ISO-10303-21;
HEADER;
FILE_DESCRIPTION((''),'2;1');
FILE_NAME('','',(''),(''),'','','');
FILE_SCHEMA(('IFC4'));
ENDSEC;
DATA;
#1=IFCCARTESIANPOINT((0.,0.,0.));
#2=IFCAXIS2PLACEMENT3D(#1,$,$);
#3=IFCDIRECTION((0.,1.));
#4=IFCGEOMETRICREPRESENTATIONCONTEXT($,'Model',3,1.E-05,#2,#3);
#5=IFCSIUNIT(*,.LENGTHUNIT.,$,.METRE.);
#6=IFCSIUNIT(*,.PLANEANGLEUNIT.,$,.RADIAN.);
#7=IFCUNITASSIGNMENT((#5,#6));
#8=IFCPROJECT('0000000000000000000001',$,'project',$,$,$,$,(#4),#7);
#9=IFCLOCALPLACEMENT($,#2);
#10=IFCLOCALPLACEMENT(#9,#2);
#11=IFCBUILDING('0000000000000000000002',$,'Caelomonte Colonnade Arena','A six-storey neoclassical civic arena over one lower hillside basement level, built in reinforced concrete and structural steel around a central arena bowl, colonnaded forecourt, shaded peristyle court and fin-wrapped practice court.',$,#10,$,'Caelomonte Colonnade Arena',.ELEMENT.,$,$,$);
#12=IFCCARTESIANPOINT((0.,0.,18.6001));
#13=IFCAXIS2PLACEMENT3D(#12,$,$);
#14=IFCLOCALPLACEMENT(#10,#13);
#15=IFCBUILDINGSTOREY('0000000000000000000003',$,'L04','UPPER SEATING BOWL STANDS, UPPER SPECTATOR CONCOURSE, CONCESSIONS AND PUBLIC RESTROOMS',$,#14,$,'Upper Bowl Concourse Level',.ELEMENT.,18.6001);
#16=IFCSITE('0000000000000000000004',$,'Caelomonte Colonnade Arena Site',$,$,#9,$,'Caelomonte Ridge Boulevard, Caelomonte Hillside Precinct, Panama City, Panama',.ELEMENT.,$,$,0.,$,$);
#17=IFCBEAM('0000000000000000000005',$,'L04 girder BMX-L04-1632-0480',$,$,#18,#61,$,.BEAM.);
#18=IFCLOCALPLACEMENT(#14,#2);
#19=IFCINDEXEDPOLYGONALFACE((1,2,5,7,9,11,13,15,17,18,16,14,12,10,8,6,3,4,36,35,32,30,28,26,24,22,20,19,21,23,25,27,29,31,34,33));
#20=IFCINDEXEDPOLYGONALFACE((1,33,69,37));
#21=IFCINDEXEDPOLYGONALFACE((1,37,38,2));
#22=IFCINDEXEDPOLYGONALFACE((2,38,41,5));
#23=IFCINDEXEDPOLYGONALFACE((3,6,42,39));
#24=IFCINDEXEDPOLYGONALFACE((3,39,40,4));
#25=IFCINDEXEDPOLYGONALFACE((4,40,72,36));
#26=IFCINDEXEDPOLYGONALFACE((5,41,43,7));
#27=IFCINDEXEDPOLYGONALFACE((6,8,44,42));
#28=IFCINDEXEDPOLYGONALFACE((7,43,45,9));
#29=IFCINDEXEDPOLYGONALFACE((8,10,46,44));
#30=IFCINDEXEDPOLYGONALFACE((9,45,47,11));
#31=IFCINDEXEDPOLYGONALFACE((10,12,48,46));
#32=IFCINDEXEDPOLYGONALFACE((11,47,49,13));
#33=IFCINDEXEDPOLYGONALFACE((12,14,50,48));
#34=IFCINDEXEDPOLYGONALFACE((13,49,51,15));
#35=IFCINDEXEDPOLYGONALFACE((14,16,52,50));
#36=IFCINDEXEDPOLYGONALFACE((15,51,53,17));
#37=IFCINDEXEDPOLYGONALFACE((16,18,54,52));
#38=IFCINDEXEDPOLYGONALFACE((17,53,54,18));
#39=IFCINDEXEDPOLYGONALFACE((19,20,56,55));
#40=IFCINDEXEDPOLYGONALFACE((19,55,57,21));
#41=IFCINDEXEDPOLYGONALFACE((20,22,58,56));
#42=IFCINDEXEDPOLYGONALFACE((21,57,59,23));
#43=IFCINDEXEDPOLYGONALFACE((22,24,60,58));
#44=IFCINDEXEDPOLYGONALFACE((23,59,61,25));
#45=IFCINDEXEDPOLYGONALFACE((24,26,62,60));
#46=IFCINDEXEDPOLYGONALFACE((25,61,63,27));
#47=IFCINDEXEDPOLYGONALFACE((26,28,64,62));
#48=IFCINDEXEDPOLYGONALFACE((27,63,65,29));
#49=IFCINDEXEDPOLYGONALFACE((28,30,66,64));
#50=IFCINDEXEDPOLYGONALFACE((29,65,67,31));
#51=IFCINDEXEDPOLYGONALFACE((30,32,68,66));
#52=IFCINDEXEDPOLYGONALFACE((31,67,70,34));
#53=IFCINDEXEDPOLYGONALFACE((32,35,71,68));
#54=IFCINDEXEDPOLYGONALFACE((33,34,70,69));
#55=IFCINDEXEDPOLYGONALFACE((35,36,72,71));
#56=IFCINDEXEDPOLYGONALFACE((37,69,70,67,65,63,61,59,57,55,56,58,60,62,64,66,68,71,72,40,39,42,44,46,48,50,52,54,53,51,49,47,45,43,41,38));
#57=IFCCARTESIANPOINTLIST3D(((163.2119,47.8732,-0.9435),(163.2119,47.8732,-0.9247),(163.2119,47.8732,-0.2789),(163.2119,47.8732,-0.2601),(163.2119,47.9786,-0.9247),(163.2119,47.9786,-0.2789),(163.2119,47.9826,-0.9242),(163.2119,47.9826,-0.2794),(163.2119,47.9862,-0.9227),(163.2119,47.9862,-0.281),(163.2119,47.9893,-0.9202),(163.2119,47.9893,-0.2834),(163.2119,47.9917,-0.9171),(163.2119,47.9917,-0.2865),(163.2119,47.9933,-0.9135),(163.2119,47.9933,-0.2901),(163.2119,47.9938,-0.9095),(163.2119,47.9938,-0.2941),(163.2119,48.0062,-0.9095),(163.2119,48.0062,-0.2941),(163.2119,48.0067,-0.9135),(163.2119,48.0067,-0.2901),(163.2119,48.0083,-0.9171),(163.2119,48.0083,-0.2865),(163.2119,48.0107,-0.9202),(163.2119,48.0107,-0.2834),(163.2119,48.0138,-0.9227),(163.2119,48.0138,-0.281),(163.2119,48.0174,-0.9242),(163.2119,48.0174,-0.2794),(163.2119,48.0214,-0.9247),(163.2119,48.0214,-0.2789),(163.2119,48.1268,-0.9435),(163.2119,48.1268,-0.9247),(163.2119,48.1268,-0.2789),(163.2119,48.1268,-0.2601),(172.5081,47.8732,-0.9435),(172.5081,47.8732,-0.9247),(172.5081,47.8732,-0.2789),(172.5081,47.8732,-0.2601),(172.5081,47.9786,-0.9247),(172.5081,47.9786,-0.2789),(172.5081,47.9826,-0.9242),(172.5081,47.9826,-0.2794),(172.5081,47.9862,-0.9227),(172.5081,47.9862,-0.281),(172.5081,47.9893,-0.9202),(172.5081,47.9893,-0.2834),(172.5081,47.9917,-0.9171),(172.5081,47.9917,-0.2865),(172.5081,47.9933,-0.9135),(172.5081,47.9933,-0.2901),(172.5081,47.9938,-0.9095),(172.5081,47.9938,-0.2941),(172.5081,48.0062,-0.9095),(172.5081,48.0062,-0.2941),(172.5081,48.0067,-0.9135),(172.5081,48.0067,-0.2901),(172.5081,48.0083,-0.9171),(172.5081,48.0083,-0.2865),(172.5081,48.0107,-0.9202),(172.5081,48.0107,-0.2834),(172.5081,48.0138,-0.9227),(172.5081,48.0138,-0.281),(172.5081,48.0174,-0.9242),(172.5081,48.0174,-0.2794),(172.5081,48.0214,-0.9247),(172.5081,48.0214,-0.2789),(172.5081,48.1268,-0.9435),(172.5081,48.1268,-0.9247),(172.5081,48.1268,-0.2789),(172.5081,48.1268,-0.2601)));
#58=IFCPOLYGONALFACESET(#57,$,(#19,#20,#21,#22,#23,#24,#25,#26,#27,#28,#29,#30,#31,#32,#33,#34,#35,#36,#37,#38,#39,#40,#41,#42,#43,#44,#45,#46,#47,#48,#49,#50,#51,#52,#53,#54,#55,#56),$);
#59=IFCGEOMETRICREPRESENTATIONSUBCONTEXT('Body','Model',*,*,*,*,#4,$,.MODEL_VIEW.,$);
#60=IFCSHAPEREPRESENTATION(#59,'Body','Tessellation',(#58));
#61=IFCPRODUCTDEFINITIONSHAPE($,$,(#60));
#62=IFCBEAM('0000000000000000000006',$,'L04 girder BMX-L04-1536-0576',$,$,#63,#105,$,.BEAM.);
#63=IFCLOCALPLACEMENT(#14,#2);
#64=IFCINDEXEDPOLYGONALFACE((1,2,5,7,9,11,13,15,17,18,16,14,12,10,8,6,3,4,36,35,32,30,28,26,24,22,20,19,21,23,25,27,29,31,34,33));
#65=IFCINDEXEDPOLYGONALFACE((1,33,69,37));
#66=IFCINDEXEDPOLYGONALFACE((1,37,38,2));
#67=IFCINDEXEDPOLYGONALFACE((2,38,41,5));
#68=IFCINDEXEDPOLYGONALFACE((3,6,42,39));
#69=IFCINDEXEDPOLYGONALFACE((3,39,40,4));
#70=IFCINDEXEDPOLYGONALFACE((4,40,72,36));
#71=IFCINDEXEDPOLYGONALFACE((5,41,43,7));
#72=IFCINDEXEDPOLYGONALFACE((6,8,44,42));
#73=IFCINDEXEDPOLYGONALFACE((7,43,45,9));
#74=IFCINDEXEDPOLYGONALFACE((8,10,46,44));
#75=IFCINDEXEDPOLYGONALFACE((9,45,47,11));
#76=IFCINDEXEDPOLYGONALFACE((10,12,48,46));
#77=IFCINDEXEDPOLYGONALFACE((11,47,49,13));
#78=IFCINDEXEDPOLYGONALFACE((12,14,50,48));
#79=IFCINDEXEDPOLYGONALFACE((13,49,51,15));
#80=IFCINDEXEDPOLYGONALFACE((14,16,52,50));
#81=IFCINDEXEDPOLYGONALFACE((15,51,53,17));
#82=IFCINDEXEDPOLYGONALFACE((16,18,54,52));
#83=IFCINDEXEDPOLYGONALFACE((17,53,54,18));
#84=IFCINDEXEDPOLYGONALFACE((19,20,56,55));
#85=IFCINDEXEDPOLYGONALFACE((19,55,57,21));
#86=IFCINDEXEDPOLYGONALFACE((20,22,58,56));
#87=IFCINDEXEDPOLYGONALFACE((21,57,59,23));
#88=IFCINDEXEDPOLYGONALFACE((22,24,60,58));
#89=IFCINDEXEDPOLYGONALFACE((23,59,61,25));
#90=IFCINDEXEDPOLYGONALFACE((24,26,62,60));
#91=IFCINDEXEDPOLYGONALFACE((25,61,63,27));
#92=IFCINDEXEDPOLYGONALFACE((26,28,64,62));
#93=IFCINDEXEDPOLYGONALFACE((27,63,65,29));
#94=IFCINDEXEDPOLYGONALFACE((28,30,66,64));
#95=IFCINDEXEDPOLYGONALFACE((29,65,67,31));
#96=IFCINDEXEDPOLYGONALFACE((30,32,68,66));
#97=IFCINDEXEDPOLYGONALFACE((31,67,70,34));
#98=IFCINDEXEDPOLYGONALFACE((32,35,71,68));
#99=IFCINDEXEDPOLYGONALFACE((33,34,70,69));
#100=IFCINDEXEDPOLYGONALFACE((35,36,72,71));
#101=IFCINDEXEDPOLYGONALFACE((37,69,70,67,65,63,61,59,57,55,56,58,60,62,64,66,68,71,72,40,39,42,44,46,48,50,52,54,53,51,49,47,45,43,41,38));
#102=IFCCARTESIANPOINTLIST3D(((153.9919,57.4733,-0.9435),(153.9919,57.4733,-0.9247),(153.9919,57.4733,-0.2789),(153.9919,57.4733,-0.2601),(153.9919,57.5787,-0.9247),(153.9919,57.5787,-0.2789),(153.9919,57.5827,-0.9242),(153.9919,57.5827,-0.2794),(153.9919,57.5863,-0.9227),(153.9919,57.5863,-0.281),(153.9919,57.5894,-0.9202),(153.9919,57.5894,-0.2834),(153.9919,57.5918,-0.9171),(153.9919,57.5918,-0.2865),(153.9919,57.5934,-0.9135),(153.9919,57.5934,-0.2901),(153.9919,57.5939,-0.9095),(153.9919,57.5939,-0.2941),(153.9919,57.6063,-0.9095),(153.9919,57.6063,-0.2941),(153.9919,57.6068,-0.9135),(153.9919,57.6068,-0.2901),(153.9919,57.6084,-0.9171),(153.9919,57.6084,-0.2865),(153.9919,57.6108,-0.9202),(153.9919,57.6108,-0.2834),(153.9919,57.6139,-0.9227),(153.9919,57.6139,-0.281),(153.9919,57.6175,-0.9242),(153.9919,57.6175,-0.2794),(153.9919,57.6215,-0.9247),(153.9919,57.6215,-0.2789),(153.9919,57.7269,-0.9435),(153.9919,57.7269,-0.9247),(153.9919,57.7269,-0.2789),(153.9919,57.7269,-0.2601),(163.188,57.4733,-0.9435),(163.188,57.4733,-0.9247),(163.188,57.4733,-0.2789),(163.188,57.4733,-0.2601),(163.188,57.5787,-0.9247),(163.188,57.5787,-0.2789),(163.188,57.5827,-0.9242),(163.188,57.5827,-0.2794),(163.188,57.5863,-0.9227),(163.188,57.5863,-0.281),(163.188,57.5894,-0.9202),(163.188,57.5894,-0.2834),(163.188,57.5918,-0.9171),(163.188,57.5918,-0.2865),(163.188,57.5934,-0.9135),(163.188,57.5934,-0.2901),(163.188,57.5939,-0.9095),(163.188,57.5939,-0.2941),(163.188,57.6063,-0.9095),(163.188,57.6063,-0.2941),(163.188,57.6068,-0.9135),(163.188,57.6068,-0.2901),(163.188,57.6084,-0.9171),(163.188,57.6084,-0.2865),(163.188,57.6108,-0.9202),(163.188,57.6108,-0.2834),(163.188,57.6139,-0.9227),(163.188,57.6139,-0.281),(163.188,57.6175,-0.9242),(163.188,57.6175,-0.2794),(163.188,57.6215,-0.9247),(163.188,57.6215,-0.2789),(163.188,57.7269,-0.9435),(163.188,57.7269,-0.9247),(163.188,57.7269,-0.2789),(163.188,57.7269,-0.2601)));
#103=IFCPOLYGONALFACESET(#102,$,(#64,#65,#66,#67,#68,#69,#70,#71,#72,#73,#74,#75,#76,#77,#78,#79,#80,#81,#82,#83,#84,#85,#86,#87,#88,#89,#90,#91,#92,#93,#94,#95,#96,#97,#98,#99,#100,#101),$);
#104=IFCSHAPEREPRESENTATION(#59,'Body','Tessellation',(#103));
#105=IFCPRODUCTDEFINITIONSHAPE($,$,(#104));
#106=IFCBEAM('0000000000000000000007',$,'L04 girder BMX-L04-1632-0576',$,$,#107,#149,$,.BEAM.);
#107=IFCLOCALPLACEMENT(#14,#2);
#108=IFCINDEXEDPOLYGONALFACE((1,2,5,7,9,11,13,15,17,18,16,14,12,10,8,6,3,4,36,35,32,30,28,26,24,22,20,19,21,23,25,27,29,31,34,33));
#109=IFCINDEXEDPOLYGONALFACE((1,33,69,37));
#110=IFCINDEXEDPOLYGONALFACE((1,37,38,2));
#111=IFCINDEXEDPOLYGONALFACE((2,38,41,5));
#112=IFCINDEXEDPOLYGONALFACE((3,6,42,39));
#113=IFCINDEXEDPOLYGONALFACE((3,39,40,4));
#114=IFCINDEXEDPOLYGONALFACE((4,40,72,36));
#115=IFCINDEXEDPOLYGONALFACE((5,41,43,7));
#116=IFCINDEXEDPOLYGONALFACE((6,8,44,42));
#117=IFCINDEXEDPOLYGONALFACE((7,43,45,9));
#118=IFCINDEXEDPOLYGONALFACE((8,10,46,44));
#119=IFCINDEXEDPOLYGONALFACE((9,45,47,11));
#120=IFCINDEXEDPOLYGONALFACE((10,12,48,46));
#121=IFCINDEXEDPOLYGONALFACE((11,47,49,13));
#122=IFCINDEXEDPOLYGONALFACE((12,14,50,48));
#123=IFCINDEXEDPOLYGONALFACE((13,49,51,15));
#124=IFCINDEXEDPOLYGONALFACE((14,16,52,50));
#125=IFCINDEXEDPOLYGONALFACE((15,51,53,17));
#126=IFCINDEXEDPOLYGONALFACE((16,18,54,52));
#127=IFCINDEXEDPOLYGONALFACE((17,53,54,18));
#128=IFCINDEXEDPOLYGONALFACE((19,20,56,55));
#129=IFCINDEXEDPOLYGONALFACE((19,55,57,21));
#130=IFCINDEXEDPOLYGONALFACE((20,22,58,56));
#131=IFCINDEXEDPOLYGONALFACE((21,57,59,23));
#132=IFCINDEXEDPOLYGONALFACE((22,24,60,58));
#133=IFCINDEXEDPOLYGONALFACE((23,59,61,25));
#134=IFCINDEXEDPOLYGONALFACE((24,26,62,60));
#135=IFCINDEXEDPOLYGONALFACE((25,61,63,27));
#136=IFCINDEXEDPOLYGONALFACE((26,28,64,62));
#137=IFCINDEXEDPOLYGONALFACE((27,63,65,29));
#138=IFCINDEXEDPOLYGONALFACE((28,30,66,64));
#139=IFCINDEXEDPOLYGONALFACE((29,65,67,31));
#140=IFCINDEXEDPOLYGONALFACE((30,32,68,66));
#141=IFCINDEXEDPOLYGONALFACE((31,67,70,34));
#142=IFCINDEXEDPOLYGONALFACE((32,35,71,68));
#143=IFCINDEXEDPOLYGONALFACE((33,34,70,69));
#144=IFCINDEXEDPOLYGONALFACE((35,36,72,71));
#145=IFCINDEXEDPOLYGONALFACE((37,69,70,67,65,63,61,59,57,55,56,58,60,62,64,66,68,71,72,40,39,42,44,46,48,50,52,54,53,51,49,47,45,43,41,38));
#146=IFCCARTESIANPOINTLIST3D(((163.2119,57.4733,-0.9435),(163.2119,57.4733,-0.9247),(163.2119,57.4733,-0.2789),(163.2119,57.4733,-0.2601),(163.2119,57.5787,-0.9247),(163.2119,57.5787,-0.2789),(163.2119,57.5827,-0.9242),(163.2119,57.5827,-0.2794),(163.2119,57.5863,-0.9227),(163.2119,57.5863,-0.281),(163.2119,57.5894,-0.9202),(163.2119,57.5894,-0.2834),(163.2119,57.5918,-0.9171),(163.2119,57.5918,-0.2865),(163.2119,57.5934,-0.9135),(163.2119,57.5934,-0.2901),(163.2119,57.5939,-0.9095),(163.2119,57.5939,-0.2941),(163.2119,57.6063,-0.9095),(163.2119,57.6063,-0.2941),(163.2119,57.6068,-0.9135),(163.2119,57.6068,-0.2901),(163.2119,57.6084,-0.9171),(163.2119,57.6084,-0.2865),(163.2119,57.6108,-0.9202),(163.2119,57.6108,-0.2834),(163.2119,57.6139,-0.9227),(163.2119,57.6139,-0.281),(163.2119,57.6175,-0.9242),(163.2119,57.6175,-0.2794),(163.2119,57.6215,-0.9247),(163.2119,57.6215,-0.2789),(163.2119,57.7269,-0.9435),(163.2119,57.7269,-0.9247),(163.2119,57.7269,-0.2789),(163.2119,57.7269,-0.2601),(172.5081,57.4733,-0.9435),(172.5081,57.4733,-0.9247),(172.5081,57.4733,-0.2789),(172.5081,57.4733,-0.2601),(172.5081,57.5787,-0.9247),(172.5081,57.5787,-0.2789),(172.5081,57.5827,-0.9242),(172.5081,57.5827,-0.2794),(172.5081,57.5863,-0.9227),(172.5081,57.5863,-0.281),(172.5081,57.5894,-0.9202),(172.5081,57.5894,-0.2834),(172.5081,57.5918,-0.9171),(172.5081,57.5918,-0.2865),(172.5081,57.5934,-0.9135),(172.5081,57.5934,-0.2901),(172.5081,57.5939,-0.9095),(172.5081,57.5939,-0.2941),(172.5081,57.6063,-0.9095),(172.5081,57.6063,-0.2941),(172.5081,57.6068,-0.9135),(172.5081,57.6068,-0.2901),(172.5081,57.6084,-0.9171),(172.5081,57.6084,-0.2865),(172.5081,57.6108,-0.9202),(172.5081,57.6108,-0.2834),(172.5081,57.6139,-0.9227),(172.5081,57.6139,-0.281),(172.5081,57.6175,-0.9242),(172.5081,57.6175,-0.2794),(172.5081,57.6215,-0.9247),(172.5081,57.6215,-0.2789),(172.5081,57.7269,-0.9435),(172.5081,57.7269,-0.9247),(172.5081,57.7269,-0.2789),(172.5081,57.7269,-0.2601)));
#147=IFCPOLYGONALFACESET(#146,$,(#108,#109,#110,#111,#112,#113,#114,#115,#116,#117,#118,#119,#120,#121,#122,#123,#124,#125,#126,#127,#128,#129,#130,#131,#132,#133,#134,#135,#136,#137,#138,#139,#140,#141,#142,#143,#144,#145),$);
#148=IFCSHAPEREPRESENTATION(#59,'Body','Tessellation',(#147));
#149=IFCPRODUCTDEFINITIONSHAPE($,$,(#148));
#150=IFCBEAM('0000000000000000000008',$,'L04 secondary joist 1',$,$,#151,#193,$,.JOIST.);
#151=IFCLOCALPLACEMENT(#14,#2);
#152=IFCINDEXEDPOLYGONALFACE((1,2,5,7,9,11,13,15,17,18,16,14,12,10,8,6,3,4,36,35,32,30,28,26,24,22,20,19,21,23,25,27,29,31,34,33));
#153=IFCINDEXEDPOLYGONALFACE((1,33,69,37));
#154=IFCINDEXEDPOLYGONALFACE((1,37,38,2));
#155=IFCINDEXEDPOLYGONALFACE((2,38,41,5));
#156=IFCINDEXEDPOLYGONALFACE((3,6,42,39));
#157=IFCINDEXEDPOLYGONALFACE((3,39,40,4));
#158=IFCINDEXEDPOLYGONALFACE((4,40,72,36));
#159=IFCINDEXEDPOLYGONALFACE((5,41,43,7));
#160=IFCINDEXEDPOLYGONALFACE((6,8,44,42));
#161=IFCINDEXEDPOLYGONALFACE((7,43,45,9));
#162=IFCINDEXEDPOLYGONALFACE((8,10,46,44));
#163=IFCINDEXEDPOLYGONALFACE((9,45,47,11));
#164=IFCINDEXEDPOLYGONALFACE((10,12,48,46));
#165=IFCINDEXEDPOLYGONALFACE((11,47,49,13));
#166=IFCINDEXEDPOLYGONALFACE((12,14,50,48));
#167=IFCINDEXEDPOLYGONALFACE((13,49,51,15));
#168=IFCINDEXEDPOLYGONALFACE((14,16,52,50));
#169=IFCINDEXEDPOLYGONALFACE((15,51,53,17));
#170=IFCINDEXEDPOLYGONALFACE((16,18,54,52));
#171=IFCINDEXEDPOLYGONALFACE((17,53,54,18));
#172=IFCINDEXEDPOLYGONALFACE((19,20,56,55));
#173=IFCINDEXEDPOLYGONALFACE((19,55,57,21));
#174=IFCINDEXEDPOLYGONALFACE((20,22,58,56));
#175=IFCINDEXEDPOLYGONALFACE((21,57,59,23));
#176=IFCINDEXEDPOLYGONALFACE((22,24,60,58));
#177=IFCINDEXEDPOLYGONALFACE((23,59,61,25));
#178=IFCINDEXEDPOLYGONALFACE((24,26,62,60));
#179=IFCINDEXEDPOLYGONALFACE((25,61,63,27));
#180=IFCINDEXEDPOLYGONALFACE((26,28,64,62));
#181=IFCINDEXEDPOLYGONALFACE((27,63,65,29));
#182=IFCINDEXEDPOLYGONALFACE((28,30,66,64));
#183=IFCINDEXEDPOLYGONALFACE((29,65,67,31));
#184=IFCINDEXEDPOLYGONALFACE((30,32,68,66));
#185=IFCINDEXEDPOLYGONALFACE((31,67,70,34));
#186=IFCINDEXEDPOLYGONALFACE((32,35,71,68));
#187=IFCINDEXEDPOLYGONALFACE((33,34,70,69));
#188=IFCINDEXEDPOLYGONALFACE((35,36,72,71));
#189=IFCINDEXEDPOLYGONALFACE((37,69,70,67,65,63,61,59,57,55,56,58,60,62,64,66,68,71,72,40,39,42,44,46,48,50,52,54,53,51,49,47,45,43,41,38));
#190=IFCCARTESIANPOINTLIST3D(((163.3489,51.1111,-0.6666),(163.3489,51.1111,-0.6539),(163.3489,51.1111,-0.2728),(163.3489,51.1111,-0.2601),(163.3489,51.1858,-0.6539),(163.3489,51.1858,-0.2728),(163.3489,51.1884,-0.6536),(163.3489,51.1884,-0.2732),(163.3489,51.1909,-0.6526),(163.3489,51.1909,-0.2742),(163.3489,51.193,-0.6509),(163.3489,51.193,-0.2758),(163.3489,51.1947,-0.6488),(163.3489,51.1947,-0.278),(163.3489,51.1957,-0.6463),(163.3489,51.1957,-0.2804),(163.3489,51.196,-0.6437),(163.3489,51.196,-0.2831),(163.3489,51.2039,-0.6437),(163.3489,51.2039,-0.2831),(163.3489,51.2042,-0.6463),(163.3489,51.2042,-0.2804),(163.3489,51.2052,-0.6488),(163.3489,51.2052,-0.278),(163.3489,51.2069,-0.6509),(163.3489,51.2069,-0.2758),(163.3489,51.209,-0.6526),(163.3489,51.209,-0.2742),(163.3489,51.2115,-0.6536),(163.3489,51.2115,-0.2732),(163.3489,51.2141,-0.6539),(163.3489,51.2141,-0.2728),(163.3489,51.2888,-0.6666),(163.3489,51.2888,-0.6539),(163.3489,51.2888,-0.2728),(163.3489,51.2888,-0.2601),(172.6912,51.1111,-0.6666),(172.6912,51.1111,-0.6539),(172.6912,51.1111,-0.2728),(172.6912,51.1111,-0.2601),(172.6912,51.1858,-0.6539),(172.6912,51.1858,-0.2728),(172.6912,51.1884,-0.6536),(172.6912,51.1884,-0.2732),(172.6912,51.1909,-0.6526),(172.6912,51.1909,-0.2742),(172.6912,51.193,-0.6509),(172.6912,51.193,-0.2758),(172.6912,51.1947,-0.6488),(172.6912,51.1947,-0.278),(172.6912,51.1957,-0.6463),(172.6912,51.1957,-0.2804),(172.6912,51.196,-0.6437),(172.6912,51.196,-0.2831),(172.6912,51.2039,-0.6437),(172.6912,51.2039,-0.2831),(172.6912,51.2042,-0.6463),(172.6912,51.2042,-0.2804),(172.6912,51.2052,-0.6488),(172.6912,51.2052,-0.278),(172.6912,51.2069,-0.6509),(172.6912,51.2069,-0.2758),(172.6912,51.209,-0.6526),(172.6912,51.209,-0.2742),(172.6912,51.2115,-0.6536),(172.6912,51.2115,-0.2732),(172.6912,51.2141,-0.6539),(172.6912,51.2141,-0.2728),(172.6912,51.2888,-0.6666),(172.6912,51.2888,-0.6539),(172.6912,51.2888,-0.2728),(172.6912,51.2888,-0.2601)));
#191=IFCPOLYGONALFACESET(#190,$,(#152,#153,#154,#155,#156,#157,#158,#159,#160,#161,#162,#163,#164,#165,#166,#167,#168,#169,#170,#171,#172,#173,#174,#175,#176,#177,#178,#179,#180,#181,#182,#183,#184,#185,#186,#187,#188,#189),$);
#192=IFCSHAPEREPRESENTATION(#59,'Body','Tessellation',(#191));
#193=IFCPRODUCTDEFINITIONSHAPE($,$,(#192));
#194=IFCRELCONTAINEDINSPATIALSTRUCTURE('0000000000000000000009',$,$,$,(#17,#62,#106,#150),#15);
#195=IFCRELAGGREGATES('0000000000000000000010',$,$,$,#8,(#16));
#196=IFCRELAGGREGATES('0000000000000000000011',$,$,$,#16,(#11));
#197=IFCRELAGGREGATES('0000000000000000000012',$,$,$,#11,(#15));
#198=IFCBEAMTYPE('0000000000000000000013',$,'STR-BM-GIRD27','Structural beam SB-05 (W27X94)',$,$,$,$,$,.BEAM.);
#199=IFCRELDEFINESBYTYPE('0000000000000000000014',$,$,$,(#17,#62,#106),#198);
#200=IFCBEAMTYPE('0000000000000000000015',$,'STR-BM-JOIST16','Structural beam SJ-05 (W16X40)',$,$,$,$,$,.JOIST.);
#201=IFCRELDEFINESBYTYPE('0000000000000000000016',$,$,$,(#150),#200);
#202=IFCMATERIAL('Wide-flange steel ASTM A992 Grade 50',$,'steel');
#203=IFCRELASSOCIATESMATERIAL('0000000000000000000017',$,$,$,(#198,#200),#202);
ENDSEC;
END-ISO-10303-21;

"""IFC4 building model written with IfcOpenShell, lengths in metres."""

from ifc_helpers import new_model, si_unit, direction, frame, origin, origin_2d, place, context, subcontext, project, spatial, i_section, extrude, material, material_profile, profile_set, type_object, element, save


model = new_model("IFC4")

# Units and contexts
model_context = context("Model", 3, precision=1e-05, world=origin(), true_north=direction((0.0, 1.0)))
body_context = subcontext(model_context, "Body", "Model", "MODEL_VIEW")
ifc_project = project(units=[si_unit("LENGTHUNIT", "METRE"), si_unit("PLANEANGLEUNIT", "RADIAN")], contexts=[model_context])

# Site, building, storey
site_placement = place(None, origin())
site = spatial("IfcSite", under=ifc_project, at=site_placement, Name="Caelomonte Colonnade Arena Site", LongName="Caelomonte Ridge Boulevard, Caelomonte Hillside Precinct, Panama City, Panama", CompositionType="ELEMENT", RefElevation=0.0)
building_placement = place(site_placement, origin())
building = spatial("IfcBuilding", under=site, at=building_placement, Name="Caelomonte Colonnade Arena", Description="A six-storey neoclassical civic arena over one lower hillside basement level, built in reinforced concrete and structural steel around a central arena bowl, colonnaded forecourt, shaded peristyle court and fin-wrapped practice court.", LongName="Caelomonte Colonnade Arena", CompositionType="ELEMENT")
storey_placement = place(building_placement, frame((0.0, 0.0, 18.6001)))
storey = spatial("IfcBuildingStorey", under=building, at=storey_placement, Name="L04", Description="UPPER SEATING BOWL STANDS, UPPER SPECTATOR CONCOURSE, CONCESSIONS AND PUBLIC RESTROOMS", LongName="Upper Bowl Concourse Level", CompositionType="ELEMENT", Elevation=18.6001)

# Shared definitions
ifc_material_1 = material(Name="Wide-flange steel ASTM A992 Grade 50", Category="steel")

# Beams
ifc_material_profile_1 = material_profile(ifc_material_1, i_section(OverallWidth=0.2537, OverallDepth=0.6833, WebThickness=0.0125, FlangeThickness=0.0188, FilletRadius=0.0151, at=origin_2d()), Name="W27X94")
ifc_profile_set_1 = profile_set([ifc_material_profile_1], Name="Wide-flange steel ASTM A992 Grade 50")
beam_type_1 = type_object("IfcBeamType", Name="STR-BM-GIRD27", Description="Structural beam SB-05 (W27X94)", PredefinedType="BEAM", material=ifc_profile_set_1)
beam_1_placement = place(storey_placement, frame((163.2119, 48.0, -0.6018), z_axis=(1.0, 0.0, 0.0), x_axis=(0.0, 1.0, 0.0)))
element("IfcBeam", 1, at=beam_1_placement, inside=storey, type_object=beam_type_1, Name="L04 girder BMX-L04-1632-0480", PredefinedType="BEAM", context=body_context, shape_type="SweptSolid", body=[
    extrude(i_section(OverallWidth=0.2537, OverallDepth=0.6833, WebThickness=0.0125, FlangeThickness=0.0188, FilletRadius=0.0151, at=origin_2d()), origin(), (0.0, 0.0, 1.0), 9.2961),
])
beam_2_placement = place(storey_placement, frame((153.9919, 57.6001, -0.6018), z_axis=(1.0, 0.0, 0.0), x_axis=(0.0, 1.0, 0.0)))
element("IfcBeam", 2, at=beam_2_placement, inside=storey, type_object=beam_type_1, Name="L04 girder BMX-L04-1536-0576", PredefinedType="BEAM", context=body_context, shape_type="SweptSolid", body=[
    extrude(i_section(OverallWidth=0.2537, OverallDepth=0.6833, WebThickness=0.0125, FlangeThickness=0.0188, FilletRadius=0.0151, at=origin_2d()), origin(), (0.0, 0.0, 1.0), 9.196),
])
beam_3_placement = place(storey_placement, frame((163.2119, 57.6001, -0.6018), z_axis=(1.0, 0.0, 0.0), x_axis=(0.0, 1.0, 0.0)))
element("IfcBeam", 3, at=beam_3_placement, inside=storey, type_object=beam_type_1, Name="L04 girder BMX-L04-1632-0576", PredefinedType="BEAM", context=body_context, shape_type="SweptSolid", body=[
    extrude(i_section(OverallWidth=0.2537, OverallDepth=0.6833, WebThickness=0.0125, FlangeThickness=0.0188, FilletRadius=0.0151, at=origin_2d()), origin(), (0.0, 0.0, 1.0), 9.2961),
])
ifc_material_profile_2 = material_profile(ifc_material_1, i_section(OverallWidth=0.1777, OverallDepth=0.4065, WebThickness=0.0078, FlangeThickness=0.0127, FilletRadius=0.0103, at=origin_2d()), Name="W16X40")
ifc_profile_set_2 = profile_set([ifc_material_profile_2], Name="Wide-flange steel ASTM A992 Grade 50")
beam_type_2 = type_object("IfcBeamType", Name="STR-BM-JOIST16", Description="Structural beam SJ-05 (W16X40)", PredefinedType="JOIST", material=ifc_profile_set_2)
for number, where, z_axis, x_axis, name in (
    (4, (163.3489, 51.2, -0.4634), (1.0, 0.0, 0.0), (0.0, 1.0, 0.0), "L04 secondary joist 1"),
):
    element("IfcBeam", number, at=place(storey_placement, frame(where, z_axis=z_axis, x_axis=x_axis)), inside=storey, type_object=beam_type_2, Name=name, PredefinedType="JOIST", context=body_context, shape_type="SweptSolid", body=[
        extrude(i_section(OverallWidth=0.1777, OverallDepth=0.4065, WebThickness=0.0078, FlangeThickness=0.0127, FilletRadius=0.0103, at=origin_2d()), origin(), (0.0, 0.0, 1.0), 9.3423),
    ])

save(model, "model.ifc")
